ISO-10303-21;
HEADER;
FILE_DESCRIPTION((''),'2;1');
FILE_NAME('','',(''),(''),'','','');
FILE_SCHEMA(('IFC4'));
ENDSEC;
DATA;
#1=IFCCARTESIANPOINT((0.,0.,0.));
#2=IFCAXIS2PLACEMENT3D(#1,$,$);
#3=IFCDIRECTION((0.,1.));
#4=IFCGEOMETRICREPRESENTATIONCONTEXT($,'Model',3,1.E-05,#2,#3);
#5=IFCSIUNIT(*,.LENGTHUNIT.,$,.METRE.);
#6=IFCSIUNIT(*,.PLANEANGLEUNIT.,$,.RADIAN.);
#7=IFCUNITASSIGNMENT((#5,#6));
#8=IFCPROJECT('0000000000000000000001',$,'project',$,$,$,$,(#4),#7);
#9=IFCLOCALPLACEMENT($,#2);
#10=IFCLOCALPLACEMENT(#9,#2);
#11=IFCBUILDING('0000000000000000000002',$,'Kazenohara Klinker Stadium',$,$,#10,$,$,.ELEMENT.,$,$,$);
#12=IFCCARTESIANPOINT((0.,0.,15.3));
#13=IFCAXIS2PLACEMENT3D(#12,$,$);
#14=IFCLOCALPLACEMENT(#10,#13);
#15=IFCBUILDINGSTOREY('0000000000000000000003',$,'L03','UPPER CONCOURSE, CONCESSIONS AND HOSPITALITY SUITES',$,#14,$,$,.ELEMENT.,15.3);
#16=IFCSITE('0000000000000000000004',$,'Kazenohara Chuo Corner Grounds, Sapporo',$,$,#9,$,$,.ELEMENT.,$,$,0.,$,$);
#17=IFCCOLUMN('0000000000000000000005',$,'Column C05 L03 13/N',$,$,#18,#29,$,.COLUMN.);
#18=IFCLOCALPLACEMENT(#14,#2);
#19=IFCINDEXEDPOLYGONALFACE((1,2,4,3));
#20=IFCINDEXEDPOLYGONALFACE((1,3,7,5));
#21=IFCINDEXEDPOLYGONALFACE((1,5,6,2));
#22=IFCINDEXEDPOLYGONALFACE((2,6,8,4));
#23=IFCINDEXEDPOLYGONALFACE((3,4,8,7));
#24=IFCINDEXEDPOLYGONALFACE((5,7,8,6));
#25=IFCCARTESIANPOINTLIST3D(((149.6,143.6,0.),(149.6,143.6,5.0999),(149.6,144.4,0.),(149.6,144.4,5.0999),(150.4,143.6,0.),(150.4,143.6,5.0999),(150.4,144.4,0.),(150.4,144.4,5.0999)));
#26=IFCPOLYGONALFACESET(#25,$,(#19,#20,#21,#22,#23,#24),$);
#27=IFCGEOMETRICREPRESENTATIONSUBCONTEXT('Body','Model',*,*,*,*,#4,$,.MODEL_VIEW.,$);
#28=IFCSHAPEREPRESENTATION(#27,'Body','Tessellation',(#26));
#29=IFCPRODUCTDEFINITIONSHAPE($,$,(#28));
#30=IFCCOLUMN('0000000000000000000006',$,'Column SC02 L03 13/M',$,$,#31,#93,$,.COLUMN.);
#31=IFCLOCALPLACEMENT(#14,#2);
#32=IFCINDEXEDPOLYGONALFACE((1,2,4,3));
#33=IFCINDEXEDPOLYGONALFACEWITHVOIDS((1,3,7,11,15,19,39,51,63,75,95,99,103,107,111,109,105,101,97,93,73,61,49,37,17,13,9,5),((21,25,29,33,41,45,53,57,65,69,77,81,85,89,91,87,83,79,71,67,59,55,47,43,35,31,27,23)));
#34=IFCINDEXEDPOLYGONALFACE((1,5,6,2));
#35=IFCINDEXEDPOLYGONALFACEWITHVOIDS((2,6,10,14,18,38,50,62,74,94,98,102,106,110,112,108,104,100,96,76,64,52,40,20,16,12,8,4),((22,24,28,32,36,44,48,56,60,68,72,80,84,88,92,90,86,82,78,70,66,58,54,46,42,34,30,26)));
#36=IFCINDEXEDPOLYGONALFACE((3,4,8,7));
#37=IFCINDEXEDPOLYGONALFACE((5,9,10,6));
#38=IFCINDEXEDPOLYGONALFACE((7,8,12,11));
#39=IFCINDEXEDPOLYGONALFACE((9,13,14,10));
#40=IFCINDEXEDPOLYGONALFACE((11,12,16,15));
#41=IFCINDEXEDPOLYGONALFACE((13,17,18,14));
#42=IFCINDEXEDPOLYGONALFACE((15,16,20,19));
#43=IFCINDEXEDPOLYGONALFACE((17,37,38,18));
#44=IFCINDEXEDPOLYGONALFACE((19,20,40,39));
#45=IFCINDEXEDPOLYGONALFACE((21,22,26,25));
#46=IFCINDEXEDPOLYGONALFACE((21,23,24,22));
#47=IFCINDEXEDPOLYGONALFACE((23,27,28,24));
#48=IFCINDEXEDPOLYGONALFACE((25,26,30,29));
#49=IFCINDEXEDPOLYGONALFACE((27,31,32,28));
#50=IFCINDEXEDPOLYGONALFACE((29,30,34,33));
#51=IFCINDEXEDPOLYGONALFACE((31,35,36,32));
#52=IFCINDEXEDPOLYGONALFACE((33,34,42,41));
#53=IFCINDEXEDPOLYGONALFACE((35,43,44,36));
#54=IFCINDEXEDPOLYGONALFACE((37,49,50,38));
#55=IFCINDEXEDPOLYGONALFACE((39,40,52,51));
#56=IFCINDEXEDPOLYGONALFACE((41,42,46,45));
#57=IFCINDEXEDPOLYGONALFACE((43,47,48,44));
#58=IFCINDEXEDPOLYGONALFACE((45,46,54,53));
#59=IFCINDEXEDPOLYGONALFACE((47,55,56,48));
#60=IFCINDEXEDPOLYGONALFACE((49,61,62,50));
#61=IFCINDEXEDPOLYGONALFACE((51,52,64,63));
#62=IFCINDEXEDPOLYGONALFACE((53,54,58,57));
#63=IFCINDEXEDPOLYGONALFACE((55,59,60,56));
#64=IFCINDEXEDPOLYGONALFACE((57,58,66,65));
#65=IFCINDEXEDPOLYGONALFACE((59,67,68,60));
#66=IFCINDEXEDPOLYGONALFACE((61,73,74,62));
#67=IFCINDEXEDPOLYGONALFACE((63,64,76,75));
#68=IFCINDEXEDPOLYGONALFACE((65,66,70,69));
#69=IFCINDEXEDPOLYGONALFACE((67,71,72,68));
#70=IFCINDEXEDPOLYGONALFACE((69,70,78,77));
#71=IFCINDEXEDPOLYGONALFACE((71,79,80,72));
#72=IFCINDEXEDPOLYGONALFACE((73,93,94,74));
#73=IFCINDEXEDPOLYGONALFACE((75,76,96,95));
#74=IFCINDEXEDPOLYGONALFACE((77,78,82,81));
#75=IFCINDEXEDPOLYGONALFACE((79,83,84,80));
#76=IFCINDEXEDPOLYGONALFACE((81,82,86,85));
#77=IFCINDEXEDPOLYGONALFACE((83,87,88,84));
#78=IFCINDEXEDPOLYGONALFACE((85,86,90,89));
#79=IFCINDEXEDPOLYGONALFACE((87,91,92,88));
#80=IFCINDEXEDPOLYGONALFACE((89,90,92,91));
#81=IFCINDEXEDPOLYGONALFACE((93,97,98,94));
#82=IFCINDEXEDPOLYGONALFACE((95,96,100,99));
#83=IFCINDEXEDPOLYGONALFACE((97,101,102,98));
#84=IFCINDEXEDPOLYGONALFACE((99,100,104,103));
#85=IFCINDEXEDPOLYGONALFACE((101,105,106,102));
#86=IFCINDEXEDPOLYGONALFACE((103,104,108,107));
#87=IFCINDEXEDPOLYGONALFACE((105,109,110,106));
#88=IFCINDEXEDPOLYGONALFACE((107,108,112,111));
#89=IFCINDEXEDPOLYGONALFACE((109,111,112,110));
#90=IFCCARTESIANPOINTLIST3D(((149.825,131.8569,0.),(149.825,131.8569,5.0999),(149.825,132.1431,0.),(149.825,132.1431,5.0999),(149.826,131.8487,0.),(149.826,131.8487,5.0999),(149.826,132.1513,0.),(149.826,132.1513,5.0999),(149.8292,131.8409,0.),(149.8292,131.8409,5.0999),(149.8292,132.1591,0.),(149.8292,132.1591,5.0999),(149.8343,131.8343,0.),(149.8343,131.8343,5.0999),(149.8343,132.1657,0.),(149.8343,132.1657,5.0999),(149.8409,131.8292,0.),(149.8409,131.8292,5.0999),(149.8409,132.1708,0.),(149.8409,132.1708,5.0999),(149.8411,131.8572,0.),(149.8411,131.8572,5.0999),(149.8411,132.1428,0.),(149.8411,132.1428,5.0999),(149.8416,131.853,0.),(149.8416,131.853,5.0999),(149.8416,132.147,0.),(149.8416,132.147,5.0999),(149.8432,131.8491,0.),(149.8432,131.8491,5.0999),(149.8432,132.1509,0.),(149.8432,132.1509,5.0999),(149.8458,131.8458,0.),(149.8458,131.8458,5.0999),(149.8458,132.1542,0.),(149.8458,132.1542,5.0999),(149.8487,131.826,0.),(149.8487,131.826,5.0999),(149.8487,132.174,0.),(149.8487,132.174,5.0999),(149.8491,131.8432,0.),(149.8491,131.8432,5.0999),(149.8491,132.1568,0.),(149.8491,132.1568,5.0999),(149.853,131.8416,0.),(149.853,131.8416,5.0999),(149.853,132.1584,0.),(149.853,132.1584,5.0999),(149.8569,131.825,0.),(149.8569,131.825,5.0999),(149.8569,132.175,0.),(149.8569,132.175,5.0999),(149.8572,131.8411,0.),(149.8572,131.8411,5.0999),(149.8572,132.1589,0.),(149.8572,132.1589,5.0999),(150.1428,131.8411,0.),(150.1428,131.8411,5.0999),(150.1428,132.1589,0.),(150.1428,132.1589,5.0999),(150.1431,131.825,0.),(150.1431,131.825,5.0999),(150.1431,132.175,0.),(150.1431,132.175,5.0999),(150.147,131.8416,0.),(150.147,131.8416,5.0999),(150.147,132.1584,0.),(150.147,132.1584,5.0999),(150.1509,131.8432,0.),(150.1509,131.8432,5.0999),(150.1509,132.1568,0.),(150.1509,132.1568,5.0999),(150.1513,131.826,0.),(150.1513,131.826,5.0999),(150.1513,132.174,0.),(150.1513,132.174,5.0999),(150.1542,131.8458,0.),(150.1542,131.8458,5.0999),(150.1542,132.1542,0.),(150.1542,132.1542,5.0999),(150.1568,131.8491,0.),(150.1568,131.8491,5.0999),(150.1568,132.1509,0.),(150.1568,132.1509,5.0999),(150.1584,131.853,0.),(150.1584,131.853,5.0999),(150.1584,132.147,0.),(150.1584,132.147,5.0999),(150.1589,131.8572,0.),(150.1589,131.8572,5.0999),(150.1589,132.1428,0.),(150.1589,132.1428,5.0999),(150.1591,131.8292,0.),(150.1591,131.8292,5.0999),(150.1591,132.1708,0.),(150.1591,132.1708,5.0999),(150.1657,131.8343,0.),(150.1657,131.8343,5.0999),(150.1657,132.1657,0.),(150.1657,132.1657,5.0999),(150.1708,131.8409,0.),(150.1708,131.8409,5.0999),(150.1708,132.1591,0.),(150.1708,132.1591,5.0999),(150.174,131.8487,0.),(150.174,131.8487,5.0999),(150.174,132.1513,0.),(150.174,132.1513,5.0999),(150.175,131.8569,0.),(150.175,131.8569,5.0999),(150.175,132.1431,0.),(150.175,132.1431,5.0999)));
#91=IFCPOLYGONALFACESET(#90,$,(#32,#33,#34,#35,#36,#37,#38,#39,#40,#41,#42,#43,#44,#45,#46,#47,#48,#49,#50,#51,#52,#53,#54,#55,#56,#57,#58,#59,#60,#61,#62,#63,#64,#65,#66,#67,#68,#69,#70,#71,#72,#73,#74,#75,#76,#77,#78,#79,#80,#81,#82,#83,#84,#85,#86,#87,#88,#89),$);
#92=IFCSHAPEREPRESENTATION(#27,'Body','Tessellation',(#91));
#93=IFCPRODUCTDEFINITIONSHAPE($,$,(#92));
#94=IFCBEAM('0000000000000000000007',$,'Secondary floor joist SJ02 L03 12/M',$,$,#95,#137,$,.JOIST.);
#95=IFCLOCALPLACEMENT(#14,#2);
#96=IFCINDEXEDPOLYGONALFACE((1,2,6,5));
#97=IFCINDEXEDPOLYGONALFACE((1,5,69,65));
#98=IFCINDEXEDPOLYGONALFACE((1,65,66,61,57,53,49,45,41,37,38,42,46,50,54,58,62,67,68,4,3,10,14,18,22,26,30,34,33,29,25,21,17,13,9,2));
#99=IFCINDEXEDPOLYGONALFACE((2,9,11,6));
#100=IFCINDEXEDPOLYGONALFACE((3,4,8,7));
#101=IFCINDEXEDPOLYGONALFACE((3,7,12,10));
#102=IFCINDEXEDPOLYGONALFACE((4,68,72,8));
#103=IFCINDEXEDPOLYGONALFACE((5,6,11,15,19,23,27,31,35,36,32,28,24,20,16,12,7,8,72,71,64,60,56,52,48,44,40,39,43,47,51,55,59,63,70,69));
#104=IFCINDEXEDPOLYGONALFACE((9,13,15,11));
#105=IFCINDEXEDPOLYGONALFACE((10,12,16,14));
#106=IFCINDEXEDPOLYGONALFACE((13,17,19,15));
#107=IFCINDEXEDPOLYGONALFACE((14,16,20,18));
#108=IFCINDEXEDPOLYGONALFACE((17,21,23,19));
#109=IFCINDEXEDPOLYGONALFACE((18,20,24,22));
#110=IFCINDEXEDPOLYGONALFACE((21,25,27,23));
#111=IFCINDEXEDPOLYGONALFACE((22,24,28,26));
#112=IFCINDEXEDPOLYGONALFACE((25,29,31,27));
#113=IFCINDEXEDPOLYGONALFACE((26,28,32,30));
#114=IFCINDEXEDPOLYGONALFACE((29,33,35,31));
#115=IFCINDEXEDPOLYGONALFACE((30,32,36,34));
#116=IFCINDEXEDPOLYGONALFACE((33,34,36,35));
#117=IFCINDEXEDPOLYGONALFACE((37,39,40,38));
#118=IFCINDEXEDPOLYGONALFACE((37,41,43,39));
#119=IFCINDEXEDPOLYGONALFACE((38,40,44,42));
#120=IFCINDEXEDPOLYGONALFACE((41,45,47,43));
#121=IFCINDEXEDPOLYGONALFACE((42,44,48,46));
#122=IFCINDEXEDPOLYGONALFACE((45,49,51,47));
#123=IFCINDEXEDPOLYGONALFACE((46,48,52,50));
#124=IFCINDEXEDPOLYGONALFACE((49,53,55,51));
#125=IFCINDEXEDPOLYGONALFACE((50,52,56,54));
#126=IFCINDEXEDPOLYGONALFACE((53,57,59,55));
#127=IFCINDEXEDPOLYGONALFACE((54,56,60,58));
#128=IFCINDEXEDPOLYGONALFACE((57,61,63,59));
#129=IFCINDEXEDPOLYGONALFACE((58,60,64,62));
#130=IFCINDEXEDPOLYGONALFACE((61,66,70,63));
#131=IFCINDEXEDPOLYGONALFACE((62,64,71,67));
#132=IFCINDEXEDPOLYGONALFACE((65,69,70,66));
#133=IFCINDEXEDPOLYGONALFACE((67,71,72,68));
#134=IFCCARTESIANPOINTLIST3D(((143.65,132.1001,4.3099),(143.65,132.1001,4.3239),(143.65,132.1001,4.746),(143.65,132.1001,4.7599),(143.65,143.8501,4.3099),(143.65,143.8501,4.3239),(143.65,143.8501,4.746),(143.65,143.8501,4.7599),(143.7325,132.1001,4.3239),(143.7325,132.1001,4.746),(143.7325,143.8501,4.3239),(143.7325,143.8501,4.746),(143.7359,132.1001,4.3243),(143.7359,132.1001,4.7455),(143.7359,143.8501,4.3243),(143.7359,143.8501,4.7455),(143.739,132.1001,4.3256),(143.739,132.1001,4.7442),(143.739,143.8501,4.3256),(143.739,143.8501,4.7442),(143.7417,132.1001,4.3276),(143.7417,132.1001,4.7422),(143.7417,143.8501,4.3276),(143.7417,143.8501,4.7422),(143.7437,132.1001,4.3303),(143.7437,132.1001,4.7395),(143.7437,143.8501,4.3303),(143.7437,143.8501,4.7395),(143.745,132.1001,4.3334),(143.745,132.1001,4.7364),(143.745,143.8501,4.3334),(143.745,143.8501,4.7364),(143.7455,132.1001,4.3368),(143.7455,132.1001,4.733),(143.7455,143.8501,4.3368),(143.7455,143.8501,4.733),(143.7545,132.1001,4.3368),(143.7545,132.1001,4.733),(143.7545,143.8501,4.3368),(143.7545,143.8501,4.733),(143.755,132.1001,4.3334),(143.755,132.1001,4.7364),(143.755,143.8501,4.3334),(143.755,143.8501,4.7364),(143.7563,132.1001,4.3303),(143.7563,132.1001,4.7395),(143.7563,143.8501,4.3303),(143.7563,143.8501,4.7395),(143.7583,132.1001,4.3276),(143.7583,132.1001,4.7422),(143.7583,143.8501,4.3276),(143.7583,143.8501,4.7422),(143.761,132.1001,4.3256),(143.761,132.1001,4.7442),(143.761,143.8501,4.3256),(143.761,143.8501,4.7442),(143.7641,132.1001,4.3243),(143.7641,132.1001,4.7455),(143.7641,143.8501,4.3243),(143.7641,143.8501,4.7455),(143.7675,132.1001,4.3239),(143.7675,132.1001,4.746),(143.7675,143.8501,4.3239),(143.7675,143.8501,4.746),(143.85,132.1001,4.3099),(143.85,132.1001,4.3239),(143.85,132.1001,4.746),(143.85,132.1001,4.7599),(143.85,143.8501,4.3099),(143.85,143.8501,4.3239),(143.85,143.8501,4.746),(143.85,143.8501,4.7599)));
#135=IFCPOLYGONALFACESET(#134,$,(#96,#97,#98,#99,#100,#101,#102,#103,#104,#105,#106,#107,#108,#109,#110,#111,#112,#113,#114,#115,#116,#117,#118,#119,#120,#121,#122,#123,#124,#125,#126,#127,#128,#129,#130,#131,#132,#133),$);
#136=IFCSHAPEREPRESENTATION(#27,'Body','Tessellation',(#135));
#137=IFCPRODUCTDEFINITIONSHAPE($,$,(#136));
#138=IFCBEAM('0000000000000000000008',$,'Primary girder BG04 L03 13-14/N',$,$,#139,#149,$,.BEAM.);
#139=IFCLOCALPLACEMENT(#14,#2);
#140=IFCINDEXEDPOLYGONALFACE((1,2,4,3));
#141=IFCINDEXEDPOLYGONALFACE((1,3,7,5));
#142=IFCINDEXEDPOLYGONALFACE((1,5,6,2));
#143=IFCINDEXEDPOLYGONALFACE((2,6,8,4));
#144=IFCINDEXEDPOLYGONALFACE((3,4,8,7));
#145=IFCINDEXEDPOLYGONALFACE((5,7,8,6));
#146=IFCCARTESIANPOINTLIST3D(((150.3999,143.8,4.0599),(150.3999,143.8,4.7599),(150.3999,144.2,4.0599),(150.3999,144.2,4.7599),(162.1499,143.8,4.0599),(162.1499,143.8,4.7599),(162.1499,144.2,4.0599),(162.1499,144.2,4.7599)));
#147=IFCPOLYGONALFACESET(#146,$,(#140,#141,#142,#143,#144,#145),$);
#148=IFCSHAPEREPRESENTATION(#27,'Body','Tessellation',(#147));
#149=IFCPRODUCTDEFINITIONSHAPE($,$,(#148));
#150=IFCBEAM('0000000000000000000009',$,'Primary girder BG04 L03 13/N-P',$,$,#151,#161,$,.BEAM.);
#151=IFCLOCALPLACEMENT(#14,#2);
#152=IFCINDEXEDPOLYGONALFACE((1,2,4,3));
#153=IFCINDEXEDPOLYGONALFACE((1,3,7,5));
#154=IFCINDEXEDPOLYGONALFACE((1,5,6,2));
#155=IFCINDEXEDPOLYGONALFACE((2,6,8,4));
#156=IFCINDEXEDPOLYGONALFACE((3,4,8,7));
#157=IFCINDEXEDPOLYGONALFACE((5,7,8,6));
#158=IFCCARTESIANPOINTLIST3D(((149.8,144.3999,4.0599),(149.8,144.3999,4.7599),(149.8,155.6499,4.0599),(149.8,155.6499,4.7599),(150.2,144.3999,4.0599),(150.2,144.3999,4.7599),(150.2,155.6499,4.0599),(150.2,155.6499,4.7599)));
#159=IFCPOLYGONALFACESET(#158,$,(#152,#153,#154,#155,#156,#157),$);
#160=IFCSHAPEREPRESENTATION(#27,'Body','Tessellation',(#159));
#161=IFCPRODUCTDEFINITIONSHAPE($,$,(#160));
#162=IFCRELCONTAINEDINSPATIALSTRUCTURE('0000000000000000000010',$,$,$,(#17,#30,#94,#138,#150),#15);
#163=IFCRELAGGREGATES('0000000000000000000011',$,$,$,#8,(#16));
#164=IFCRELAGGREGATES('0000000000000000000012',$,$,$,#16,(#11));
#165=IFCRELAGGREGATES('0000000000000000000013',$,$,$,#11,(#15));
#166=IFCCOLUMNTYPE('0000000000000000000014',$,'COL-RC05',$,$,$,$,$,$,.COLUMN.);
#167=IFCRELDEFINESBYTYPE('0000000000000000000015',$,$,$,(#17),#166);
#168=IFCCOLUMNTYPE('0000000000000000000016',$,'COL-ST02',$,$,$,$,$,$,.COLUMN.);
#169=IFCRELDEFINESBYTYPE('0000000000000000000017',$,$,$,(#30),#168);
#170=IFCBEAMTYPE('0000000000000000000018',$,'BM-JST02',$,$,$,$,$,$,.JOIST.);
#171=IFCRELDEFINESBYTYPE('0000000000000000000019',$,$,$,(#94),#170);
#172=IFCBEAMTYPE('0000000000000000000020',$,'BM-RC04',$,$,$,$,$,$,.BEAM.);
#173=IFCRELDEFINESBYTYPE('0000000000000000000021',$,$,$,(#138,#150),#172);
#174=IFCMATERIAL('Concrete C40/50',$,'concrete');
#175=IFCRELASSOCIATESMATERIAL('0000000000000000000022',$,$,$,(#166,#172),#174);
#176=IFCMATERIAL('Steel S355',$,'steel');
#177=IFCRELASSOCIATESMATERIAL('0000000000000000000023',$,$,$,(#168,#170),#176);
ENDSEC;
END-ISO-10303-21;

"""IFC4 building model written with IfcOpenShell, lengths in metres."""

from ifc_helpers import new_model, si_unit, direction, frame, origin, origin_2d, place, context, subcontext, project, spatial, rectangle, hollow_rectangle, i_section, extrude, material, material_profile, profile_set, type_object, element, save


model = new_model("IFC4")

# Units and contexts
model_context = context("Model", 3, precision=1e-05, world=origin(), true_north=direction((0.0, 1.0)))
body_context = subcontext(model_context, "Body", "Model", "MODEL_VIEW")
ifc_project = project(units=[si_unit("LENGTHUNIT", "METRE"), si_unit("PLANEANGLEUNIT", "RADIAN")], contexts=[model_context])

# Site, building, storey
site_placement = place(None, origin())
site = spatial("IfcSite", under=ifc_project, at=site_placement, Name="Kazenohara Chuo Corner Grounds, Sapporo", CompositionType="ELEMENT", RefElevation=0.0)
building_placement = place(site_placement, origin())
building = spatial("IfcBuilding", under=site, at=building_placement, Name="Kazenohara Klinker Stadium", CompositionType="ELEMENT")
storey_placement = place(building_placement, frame((0.0, 0.0, 15.3)))
storey = spatial("IfcBuildingStorey", under=building, at=storey_placement, Name="L03", Description="UPPER CONCOURSE, CONCESSIONS AND HOSPITALITY SUITES", CompositionType="ELEMENT", Elevation=15.3)

# Columns
ifc_material_1 = material(Name="Concrete C40/50", Category="concrete")
ifc_material_profile_1 = material_profile(ifc_material_1, rectangle(XDim=0.8, YDim=0.8, at=origin_2d()), Name="RC-COL-800x800")
ifc_profile_set_1 = profile_set([ifc_material_profile_1], Name="Concrete C40/50")
column_type_1 = type_object("IfcColumnType", Name="COL-RC05", PredefinedType="COLUMN", material=ifc_profile_set_1)
column_1_placement = place(storey_placement, frame((150.0, 144.0, 0.0), z_axis=(0.0, 0.0, 1.0), x_axis=(1.0, 0.0, 0.0)))
element("IfcColumn", 1, at=column_1_placement, inside=storey, type_object=column_type_1, Name="Column C05 L03 13/N", PredefinedType="COLUMN", context=body_context, shape_type="SweptSolid", body=[
    extrude(rectangle(XDim=0.8, YDim=0.8, at=origin_2d()), origin(), (0.0, 0.0, 1.0), 5.0999),
])
ifc_material_2 = material(Name="Steel S355", Category="steel")
ifc_material_profile_2 = material_profile(ifc_material_2, hollow_rectangle(XDim=0.3501, YDim=0.3501, WallThickness=0.0161, InnerFilletRadius=0.0161, OuterFilletRadius=0.032, at=origin_2d()), Name="SHS-350x350x16")
ifc_profile_set_2 = profile_set([ifc_material_profile_2], Name="Steel S355")
column_type_2 = type_object("IfcColumnType", Name="COL-ST02", PredefinedType="COLUMN", material=ifc_profile_set_2)
column_2_placement = place(storey_placement, frame((150.0, 132.0, 0.0), z_axis=(0.0, 0.0, 1.0), x_axis=(1.0, 0.0, 0.0)))
element("IfcColumn", 2, at=column_2_placement, inside=storey, type_object=column_type_2, Name="Column SC02 L03 13/M", PredefinedType="COLUMN", context=body_context, shape_type="SweptSolid", body=[
    extrude(hollow_rectangle(XDim=0.3501, YDim=0.3501, WallThickness=0.0161, InnerFilletRadius=0.0161, OuterFilletRadius=0.032, at=origin_2d()), origin(), (0.0, 0.0, 1.0), 5.0999),
])

# Beams
ifc_material_profile_3 = material_profile(ifc_material_2, i_section(OverallWidth=0.2, OverallDepth=0.45, WebThickness=0.009, FlangeThickness=0.0139, FilletRadius=0.0129, at=origin_2d()), Name="H-450x200x9x14")
ifc_profile_set_3 = profile_set([ifc_material_profile_3], Name="Steel S355")
beam_type_1 = type_object("IfcBeamType", Name="BM-JST02", PredefinedType="JOIST", material=ifc_profile_set_3)
beam_1_placement = place(storey_placement, frame((143.75, 132.1001, 4.5349), z_axis=(0.0, 1.0, 0.0), x_axis=(-1.0, 0.0, 0.0)))
element("IfcBeam", 3, at=beam_1_placement, inside=storey, type_object=beam_type_1, Name="Secondary floor joist SJ02 L03 12/M", PredefinedType="JOIST", context=body_context, shape_type="SweptSolid", body=[
    extrude(i_section(OverallWidth=0.2, OverallDepth=0.45, WebThickness=0.009, FlangeThickness=0.0139, FilletRadius=0.0129, at=origin_2d()), origin(), (0.0, 0.0, 1.0), 11.75),
])
ifc_material_profile_4 = material_profile(ifc_material_1, rectangle(XDim=0.3999, YDim=0.7, at=origin_2d()), Name="RC-BM-400x700")
ifc_profile_set_4 = profile_set([ifc_material_profile_4], Name="Concrete C40/50")
beam_type_2 = type_object("IfcBeamType", Name="BM-RC04", PredefinedType="BEAM", material=ifc_profile_set_4)
beam_2_placement = place(storey_placement, frame((150.3999, 144.0, 4.4099), z_axis=(1.0, 0.0, 0.0), x_axis=(0.0, 1.0, 0.0)))
element("IfcBeam", 4, at=beam_2_placement, inside=storey, type_object=beam_type_2, Name="Primary girder BG04 L03 13-14/N", PredefinedType="BEAM", context=body_context, shape_type="SweptSolid", body=[
    extrude(rectangle(XDim=0.3999, YDim=0.7, at=origin_2d()), origin(), (0.0, 0.0, 1.0), 11.75),
])
beam_3_placement = place(storey_placement, frame((150.0, 144.3999, 4.4099), z_axis=(0.0, 1.0, 0.0), x_axis=(-1.0, 0.0, 0.0)))
element("IfcBeam", 5, at=beam_3_placement, inside=storey, type_object=beam_type_2, Name="Primary girder BG04 L03 13/N-P", PredefinedType="BEAM", context=body_context, shape_type="SweptSolid", body=[
    extrude(rectangle(XDim=0.3999, YDim=0.7, at=origin_2d()), origin(), (0.0, 0.0, 1.0), 11.25),
])

save(model, "model.ifc")
